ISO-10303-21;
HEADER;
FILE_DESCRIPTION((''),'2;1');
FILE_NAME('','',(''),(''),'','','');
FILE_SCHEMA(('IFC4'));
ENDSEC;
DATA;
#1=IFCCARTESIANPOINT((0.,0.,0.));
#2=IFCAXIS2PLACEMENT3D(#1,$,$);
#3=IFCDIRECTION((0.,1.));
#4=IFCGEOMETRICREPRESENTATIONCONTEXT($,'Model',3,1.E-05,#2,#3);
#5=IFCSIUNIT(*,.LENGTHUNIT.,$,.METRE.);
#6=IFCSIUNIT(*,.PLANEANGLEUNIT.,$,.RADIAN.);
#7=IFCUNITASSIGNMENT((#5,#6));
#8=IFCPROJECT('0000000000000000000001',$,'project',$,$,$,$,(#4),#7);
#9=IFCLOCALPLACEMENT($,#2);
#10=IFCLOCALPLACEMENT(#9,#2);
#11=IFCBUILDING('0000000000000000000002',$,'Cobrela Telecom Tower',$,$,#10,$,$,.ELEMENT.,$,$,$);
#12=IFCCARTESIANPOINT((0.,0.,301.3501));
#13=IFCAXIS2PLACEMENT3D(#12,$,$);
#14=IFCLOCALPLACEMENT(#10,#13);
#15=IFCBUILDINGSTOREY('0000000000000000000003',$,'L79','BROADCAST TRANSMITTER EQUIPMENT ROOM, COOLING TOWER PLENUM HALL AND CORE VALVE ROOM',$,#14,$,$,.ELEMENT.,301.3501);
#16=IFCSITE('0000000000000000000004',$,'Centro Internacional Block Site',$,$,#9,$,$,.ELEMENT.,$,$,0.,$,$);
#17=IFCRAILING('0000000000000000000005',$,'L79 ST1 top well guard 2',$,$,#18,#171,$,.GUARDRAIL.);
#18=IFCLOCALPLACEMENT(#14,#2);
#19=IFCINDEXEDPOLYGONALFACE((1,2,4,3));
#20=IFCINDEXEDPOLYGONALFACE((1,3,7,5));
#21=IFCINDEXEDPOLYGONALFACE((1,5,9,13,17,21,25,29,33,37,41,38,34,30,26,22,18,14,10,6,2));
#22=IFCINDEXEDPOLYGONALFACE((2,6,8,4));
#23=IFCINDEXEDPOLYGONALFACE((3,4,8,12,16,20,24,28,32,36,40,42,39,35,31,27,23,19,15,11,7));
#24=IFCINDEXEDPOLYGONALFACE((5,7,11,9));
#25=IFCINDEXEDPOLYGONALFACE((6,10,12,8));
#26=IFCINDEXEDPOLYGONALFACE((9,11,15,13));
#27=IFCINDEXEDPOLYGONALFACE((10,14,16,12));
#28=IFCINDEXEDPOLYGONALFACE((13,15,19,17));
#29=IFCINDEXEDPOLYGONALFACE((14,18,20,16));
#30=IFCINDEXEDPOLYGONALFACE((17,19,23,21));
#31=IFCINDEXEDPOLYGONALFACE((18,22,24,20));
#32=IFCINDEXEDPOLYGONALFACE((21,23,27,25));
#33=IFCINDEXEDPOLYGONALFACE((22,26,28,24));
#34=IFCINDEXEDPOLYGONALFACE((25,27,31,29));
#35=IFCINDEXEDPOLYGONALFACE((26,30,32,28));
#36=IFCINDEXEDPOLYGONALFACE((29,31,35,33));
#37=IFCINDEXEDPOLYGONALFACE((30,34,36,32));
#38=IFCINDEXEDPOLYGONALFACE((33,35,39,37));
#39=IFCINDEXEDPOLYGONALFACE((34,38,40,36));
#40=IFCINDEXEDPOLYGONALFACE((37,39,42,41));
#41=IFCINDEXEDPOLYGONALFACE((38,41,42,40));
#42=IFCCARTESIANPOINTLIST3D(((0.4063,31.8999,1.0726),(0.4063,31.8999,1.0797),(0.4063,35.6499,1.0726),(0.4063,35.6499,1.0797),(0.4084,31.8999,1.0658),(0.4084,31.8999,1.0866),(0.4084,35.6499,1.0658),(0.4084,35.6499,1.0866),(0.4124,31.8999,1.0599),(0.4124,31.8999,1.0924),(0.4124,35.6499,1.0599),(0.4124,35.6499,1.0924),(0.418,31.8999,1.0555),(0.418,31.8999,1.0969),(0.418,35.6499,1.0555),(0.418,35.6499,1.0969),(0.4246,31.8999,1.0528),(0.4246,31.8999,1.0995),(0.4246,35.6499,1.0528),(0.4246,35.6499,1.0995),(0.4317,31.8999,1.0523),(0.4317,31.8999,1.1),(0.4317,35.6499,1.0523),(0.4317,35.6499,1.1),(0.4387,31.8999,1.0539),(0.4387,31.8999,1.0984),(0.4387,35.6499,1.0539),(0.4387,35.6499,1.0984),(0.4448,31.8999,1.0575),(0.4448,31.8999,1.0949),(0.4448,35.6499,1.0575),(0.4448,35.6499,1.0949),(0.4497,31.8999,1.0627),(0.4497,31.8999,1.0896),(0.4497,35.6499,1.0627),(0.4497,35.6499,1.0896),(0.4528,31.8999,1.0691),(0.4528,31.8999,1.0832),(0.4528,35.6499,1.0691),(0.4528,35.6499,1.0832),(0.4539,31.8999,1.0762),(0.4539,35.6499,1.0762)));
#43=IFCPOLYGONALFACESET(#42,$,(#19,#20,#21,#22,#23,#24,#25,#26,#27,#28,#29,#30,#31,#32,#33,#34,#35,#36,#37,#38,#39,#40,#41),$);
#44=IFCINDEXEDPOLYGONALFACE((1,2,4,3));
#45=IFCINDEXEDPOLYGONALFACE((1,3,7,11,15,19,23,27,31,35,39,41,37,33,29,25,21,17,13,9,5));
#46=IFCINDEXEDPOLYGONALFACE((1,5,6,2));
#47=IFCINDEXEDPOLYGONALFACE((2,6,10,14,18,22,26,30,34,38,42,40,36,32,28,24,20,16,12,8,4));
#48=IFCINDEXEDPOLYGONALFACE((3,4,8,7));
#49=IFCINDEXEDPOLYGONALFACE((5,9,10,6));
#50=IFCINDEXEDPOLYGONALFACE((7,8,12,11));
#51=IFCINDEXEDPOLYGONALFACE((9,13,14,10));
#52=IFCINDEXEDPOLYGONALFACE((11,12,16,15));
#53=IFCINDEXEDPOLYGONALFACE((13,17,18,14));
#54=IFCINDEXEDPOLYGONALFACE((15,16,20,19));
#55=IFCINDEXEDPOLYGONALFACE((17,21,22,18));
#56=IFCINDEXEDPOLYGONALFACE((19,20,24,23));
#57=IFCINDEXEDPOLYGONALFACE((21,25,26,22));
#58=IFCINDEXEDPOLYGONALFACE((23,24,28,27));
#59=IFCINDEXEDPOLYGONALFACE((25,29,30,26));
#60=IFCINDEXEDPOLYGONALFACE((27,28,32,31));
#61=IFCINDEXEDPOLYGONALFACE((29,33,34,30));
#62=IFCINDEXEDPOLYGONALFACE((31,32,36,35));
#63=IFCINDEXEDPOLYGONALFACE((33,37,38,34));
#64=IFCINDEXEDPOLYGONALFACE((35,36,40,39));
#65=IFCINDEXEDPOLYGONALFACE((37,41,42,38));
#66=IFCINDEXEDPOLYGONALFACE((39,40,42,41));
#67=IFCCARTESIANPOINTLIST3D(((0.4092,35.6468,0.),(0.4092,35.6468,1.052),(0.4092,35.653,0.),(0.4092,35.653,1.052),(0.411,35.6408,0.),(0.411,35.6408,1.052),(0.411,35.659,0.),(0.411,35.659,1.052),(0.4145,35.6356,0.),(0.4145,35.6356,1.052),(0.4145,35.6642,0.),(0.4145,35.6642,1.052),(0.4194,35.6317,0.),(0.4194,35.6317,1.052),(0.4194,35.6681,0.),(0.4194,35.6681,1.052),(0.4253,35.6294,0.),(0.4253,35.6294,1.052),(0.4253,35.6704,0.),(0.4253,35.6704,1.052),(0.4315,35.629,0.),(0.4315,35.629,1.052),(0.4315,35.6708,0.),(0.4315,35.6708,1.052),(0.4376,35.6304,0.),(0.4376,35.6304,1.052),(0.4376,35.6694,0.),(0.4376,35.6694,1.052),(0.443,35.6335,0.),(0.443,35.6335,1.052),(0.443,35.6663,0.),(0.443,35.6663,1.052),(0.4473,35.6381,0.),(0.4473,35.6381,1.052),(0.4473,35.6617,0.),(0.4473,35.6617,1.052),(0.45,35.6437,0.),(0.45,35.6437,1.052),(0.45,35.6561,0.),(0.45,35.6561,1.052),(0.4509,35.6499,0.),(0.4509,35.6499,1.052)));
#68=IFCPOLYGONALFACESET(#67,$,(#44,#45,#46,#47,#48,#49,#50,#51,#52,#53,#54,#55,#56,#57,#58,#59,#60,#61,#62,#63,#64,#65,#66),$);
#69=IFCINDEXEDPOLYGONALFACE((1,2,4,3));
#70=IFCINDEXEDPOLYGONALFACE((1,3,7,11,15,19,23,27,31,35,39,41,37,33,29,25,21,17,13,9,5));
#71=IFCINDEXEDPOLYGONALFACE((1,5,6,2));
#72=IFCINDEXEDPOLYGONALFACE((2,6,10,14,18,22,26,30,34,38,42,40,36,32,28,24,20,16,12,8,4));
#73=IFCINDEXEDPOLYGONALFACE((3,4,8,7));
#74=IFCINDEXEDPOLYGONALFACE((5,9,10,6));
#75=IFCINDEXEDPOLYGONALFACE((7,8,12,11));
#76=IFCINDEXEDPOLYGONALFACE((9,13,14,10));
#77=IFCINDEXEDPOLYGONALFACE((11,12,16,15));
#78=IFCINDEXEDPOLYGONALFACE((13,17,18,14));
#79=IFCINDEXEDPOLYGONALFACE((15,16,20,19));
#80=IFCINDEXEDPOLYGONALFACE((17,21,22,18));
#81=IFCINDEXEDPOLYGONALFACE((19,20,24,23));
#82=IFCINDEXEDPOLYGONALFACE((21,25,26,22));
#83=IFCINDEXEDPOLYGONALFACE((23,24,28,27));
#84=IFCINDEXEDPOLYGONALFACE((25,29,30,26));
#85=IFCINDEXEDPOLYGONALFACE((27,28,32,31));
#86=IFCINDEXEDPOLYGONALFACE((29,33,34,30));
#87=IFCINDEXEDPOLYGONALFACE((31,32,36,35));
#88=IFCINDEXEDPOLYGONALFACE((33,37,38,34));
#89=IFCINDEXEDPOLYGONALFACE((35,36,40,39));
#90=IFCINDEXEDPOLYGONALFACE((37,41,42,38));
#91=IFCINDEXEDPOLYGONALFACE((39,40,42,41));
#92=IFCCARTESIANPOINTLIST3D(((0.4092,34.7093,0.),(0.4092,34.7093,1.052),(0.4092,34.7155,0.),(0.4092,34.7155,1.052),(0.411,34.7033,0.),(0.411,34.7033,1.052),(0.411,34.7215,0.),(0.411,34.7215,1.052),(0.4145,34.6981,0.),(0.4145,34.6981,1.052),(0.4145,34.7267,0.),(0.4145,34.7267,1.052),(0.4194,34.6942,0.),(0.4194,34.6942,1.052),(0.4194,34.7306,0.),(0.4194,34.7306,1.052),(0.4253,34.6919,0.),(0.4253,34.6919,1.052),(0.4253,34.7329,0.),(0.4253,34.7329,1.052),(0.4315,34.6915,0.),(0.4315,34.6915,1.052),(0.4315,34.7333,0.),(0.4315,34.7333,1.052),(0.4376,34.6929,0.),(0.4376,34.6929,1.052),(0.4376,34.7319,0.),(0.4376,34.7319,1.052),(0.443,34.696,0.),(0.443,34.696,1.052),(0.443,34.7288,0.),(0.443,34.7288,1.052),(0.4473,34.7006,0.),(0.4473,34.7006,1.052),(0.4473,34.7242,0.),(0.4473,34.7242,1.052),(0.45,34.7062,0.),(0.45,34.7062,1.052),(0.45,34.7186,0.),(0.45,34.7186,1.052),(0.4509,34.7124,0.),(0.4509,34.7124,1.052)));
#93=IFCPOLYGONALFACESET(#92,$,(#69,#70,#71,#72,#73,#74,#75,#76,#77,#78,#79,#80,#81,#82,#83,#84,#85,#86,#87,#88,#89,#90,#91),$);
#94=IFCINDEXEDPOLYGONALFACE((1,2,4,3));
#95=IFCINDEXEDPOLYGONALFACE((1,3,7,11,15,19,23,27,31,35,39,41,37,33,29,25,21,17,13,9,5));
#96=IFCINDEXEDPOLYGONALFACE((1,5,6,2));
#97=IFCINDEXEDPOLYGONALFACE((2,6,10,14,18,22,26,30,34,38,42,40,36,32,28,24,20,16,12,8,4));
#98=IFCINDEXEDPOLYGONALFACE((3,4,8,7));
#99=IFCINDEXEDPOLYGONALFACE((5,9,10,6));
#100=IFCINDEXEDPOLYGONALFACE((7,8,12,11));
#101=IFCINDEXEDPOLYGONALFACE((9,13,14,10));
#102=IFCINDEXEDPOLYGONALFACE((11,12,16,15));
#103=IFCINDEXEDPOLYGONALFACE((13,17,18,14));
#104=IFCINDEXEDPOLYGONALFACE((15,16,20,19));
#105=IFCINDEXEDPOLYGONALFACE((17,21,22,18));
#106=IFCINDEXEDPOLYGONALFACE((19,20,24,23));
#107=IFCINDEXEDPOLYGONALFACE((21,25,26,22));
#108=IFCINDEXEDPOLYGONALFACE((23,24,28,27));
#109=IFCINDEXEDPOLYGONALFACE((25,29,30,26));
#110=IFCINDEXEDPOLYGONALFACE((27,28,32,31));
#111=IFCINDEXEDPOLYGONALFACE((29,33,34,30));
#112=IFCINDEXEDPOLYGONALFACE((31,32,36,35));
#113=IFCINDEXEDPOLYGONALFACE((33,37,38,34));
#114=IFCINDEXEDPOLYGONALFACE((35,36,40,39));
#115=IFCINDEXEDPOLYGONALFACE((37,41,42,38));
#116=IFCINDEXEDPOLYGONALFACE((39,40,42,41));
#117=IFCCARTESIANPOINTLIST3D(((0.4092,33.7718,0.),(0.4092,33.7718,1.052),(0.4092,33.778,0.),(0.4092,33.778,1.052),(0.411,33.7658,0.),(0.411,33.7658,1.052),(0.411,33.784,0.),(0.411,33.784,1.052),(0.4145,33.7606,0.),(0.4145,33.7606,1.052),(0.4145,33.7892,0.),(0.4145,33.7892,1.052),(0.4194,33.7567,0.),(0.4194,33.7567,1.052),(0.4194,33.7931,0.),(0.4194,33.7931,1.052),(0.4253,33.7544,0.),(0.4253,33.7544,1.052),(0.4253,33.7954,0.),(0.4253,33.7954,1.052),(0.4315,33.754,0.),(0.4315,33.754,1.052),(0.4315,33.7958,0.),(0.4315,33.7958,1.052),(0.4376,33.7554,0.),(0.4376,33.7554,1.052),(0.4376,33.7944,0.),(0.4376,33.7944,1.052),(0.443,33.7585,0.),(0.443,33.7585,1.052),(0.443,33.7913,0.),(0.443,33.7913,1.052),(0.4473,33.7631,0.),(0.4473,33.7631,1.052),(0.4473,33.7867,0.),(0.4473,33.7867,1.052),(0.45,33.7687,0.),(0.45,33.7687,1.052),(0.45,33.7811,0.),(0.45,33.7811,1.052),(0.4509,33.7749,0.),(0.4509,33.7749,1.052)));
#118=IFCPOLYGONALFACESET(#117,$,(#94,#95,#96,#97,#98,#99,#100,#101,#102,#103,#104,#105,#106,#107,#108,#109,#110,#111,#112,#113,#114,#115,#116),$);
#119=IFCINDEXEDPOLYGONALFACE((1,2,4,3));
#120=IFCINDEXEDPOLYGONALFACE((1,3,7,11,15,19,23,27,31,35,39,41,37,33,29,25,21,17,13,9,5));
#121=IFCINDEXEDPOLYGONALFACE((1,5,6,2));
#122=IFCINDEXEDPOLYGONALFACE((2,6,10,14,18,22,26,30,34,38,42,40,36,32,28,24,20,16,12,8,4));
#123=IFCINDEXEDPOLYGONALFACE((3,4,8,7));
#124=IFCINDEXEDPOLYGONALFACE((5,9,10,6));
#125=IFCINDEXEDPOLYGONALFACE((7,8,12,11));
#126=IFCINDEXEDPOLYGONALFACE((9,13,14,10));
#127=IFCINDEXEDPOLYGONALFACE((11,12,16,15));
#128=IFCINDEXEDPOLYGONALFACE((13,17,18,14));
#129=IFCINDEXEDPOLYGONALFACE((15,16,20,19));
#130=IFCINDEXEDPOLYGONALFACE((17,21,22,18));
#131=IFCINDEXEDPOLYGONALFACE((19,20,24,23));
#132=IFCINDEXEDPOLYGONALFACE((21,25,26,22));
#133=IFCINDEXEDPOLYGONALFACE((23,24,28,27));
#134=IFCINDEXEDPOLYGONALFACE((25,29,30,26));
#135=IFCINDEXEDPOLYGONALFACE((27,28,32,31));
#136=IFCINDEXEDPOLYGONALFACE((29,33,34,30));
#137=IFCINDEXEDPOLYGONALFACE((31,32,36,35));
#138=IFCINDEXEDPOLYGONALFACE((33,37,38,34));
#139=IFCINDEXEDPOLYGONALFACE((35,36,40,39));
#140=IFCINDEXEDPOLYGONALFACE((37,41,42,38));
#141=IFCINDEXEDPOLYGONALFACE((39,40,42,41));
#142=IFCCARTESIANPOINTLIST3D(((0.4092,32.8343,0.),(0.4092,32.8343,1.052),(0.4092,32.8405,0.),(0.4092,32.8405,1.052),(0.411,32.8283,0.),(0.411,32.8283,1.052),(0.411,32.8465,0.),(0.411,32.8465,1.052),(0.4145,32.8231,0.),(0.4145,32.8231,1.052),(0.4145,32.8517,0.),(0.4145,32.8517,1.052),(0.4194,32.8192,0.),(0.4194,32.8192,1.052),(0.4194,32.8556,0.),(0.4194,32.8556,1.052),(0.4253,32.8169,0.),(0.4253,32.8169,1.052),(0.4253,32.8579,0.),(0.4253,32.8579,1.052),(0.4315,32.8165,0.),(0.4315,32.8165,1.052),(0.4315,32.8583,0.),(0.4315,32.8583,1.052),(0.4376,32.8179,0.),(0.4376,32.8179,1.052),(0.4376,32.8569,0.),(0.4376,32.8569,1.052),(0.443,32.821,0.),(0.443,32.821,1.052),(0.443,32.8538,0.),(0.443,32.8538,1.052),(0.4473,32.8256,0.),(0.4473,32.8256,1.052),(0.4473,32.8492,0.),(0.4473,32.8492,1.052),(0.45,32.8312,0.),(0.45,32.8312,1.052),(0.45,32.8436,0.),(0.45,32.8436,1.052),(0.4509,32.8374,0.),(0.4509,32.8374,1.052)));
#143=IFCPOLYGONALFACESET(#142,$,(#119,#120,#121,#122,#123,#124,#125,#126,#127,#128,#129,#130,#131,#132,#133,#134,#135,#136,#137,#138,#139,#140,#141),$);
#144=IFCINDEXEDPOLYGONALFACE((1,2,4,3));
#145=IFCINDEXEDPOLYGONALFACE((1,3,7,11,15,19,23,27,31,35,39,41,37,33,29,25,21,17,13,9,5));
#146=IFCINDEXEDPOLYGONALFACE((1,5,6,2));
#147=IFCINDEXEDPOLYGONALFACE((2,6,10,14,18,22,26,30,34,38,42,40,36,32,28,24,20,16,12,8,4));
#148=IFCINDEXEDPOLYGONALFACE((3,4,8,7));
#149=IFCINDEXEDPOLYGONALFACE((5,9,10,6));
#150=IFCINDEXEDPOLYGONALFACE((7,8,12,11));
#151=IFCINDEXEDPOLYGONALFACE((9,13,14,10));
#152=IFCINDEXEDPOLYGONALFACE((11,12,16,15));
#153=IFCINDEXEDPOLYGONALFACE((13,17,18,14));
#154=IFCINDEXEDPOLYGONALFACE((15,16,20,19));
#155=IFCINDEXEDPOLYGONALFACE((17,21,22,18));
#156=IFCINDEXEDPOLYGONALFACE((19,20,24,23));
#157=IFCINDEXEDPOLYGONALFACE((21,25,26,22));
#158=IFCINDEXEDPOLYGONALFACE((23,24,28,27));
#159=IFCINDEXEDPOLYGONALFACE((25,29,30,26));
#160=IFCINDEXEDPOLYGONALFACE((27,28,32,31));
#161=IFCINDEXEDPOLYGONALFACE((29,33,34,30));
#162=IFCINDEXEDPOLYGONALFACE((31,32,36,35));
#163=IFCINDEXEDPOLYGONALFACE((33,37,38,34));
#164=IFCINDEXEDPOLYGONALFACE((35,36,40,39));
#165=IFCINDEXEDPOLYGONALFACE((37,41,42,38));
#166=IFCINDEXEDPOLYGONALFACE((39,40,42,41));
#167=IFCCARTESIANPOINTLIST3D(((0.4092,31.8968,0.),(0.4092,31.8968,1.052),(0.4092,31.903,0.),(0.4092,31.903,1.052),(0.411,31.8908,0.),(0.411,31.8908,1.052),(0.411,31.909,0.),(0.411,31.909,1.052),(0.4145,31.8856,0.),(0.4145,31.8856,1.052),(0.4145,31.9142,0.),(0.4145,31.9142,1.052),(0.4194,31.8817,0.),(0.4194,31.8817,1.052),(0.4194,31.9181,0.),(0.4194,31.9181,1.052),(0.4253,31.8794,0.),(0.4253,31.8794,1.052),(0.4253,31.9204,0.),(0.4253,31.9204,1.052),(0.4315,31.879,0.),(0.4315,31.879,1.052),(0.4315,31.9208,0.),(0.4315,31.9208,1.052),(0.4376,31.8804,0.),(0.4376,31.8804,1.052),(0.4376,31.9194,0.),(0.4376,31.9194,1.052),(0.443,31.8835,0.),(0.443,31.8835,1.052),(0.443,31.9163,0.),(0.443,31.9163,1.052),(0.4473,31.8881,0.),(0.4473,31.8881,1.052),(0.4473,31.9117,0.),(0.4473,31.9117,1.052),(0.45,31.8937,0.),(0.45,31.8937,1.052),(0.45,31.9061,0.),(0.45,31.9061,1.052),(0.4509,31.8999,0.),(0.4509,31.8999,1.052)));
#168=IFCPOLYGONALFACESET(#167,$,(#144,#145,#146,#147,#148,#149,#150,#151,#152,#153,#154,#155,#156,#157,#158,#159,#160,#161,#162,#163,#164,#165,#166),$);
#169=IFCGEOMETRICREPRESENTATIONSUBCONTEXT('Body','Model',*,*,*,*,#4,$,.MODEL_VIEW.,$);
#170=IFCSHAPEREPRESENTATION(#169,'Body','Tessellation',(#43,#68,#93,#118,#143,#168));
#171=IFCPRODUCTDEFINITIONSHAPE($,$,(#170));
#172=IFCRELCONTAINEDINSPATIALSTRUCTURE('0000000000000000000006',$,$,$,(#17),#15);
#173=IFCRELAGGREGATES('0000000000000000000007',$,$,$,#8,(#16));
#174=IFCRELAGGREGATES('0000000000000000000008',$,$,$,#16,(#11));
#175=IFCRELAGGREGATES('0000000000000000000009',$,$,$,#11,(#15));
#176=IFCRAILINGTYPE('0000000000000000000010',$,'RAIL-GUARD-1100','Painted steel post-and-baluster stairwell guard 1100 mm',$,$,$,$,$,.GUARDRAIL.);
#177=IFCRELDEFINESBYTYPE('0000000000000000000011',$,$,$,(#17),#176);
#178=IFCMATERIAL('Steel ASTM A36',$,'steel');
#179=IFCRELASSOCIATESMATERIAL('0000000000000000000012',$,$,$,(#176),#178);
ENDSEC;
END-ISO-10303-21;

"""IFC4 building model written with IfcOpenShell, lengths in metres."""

from ifc_helpers import new_model, si_unit, direction, frame, origin, origin_2d, place, context, subcontext, project, spatial, circle, extrude, material, type_object, element, save


model = new_model("IFC4")

# Units and contexts
model_context = context("Model", 3, precision=1e-05, world=origin(), true_north=direction((0.0, 1.0)))
body_context = subcontext(model_context, "Body", "Model", "MODEL_VIEW")
ifc_project = project(units=[si_unit("LENGTHUNIT", "METRE"), si_unit("PLANEANGLEUNIT", "RADIAN")], contexts=[model_context])

# Site, building, storey
site_placement = place(None, origin())
site = spatial("IfcSite", under=ifc_project, at=site_placement, Name="Centro Internacional Block Site", CompositionType="ELEMENT", RefElevation=0.0)
building_placement = place(site_placement, origin())
building = spatial("IfcBuilding", under=site, at=building_placement, Name="Cobrela Telecom Tower", CompositionType="ELEMENT")
storey_placement = place(building_placement, frame((0.0, 0.0, 301.3501)))
storey = spatial("IfcBuildingStorey", under=building, at=storey_placement, Name="L79", Description="BROADCAST TRANSMITTER EQUIPMENT ROOM, COOLING TOWER PLENUM HALL AND CORE VALVE ROOM", CompositionType="ELEMENT", Elevation=301.3501)

# Shared definitions
ifc_material_1 = material(Name="Steel ASTM A36", Category="steel")

# Railing
railing_type = type_object("IfcRailingType", Name="RAIL-GUARD-1100", Description="Painted steel post-and-baluster stairwell guard 1100 mm", PredefinedType="GUARDRAIL", material=ifc_material_1)
railing_1_placement = place(storey_placement, frame((0.4299, 35.6499, 0.0)))
element("IfcRailing", 1, at=railing_1_placement, inside=storey, type_object=railing_type, Name="L79 ST1 top well guard 2", PredefinedType="GUARDRAIL", context=body_context, shape_type="SweptSolid", body=[
    extrude(circle(Radius=0.0239, at=origin_2d()), frame((0.0, 0.0, 1.0762), z_axis=(0.0, -1.0, 0.0), x_axis=(1.0, 0.0, 0.0)), (0.0, 0.0, 1.0), 3.75),
    extrude(circle(Radius=0.021, at=origin_2d()), origin(), (0.0, 0.0, 1.0), 1.052),
    extrude(circle(Radius=0.021, at=origin_2d()), frame((0.0, -0.9375, 0.0)), (0.0, 0.0, 1.0), 1.052),
    extrude(circle(Radius=0.021, at=origin_2d()), frame((0.0, -1.875, 0.0)), (0.0, 0.0, 1.0), 1.052),
    extrude(circle(Radius=0.021, at=origin_2d()), frame((0.0, -2.8125, 0.0)), (0.0, 0.0, 1.0), 1.052),
    extrude(circle(Radius=0.021, at=origin_2d()), frame((0.0, -3.75, 0.0)), (0.0, 0.0, 1.0), 1.052),
])

save(model, "model.ifc")
